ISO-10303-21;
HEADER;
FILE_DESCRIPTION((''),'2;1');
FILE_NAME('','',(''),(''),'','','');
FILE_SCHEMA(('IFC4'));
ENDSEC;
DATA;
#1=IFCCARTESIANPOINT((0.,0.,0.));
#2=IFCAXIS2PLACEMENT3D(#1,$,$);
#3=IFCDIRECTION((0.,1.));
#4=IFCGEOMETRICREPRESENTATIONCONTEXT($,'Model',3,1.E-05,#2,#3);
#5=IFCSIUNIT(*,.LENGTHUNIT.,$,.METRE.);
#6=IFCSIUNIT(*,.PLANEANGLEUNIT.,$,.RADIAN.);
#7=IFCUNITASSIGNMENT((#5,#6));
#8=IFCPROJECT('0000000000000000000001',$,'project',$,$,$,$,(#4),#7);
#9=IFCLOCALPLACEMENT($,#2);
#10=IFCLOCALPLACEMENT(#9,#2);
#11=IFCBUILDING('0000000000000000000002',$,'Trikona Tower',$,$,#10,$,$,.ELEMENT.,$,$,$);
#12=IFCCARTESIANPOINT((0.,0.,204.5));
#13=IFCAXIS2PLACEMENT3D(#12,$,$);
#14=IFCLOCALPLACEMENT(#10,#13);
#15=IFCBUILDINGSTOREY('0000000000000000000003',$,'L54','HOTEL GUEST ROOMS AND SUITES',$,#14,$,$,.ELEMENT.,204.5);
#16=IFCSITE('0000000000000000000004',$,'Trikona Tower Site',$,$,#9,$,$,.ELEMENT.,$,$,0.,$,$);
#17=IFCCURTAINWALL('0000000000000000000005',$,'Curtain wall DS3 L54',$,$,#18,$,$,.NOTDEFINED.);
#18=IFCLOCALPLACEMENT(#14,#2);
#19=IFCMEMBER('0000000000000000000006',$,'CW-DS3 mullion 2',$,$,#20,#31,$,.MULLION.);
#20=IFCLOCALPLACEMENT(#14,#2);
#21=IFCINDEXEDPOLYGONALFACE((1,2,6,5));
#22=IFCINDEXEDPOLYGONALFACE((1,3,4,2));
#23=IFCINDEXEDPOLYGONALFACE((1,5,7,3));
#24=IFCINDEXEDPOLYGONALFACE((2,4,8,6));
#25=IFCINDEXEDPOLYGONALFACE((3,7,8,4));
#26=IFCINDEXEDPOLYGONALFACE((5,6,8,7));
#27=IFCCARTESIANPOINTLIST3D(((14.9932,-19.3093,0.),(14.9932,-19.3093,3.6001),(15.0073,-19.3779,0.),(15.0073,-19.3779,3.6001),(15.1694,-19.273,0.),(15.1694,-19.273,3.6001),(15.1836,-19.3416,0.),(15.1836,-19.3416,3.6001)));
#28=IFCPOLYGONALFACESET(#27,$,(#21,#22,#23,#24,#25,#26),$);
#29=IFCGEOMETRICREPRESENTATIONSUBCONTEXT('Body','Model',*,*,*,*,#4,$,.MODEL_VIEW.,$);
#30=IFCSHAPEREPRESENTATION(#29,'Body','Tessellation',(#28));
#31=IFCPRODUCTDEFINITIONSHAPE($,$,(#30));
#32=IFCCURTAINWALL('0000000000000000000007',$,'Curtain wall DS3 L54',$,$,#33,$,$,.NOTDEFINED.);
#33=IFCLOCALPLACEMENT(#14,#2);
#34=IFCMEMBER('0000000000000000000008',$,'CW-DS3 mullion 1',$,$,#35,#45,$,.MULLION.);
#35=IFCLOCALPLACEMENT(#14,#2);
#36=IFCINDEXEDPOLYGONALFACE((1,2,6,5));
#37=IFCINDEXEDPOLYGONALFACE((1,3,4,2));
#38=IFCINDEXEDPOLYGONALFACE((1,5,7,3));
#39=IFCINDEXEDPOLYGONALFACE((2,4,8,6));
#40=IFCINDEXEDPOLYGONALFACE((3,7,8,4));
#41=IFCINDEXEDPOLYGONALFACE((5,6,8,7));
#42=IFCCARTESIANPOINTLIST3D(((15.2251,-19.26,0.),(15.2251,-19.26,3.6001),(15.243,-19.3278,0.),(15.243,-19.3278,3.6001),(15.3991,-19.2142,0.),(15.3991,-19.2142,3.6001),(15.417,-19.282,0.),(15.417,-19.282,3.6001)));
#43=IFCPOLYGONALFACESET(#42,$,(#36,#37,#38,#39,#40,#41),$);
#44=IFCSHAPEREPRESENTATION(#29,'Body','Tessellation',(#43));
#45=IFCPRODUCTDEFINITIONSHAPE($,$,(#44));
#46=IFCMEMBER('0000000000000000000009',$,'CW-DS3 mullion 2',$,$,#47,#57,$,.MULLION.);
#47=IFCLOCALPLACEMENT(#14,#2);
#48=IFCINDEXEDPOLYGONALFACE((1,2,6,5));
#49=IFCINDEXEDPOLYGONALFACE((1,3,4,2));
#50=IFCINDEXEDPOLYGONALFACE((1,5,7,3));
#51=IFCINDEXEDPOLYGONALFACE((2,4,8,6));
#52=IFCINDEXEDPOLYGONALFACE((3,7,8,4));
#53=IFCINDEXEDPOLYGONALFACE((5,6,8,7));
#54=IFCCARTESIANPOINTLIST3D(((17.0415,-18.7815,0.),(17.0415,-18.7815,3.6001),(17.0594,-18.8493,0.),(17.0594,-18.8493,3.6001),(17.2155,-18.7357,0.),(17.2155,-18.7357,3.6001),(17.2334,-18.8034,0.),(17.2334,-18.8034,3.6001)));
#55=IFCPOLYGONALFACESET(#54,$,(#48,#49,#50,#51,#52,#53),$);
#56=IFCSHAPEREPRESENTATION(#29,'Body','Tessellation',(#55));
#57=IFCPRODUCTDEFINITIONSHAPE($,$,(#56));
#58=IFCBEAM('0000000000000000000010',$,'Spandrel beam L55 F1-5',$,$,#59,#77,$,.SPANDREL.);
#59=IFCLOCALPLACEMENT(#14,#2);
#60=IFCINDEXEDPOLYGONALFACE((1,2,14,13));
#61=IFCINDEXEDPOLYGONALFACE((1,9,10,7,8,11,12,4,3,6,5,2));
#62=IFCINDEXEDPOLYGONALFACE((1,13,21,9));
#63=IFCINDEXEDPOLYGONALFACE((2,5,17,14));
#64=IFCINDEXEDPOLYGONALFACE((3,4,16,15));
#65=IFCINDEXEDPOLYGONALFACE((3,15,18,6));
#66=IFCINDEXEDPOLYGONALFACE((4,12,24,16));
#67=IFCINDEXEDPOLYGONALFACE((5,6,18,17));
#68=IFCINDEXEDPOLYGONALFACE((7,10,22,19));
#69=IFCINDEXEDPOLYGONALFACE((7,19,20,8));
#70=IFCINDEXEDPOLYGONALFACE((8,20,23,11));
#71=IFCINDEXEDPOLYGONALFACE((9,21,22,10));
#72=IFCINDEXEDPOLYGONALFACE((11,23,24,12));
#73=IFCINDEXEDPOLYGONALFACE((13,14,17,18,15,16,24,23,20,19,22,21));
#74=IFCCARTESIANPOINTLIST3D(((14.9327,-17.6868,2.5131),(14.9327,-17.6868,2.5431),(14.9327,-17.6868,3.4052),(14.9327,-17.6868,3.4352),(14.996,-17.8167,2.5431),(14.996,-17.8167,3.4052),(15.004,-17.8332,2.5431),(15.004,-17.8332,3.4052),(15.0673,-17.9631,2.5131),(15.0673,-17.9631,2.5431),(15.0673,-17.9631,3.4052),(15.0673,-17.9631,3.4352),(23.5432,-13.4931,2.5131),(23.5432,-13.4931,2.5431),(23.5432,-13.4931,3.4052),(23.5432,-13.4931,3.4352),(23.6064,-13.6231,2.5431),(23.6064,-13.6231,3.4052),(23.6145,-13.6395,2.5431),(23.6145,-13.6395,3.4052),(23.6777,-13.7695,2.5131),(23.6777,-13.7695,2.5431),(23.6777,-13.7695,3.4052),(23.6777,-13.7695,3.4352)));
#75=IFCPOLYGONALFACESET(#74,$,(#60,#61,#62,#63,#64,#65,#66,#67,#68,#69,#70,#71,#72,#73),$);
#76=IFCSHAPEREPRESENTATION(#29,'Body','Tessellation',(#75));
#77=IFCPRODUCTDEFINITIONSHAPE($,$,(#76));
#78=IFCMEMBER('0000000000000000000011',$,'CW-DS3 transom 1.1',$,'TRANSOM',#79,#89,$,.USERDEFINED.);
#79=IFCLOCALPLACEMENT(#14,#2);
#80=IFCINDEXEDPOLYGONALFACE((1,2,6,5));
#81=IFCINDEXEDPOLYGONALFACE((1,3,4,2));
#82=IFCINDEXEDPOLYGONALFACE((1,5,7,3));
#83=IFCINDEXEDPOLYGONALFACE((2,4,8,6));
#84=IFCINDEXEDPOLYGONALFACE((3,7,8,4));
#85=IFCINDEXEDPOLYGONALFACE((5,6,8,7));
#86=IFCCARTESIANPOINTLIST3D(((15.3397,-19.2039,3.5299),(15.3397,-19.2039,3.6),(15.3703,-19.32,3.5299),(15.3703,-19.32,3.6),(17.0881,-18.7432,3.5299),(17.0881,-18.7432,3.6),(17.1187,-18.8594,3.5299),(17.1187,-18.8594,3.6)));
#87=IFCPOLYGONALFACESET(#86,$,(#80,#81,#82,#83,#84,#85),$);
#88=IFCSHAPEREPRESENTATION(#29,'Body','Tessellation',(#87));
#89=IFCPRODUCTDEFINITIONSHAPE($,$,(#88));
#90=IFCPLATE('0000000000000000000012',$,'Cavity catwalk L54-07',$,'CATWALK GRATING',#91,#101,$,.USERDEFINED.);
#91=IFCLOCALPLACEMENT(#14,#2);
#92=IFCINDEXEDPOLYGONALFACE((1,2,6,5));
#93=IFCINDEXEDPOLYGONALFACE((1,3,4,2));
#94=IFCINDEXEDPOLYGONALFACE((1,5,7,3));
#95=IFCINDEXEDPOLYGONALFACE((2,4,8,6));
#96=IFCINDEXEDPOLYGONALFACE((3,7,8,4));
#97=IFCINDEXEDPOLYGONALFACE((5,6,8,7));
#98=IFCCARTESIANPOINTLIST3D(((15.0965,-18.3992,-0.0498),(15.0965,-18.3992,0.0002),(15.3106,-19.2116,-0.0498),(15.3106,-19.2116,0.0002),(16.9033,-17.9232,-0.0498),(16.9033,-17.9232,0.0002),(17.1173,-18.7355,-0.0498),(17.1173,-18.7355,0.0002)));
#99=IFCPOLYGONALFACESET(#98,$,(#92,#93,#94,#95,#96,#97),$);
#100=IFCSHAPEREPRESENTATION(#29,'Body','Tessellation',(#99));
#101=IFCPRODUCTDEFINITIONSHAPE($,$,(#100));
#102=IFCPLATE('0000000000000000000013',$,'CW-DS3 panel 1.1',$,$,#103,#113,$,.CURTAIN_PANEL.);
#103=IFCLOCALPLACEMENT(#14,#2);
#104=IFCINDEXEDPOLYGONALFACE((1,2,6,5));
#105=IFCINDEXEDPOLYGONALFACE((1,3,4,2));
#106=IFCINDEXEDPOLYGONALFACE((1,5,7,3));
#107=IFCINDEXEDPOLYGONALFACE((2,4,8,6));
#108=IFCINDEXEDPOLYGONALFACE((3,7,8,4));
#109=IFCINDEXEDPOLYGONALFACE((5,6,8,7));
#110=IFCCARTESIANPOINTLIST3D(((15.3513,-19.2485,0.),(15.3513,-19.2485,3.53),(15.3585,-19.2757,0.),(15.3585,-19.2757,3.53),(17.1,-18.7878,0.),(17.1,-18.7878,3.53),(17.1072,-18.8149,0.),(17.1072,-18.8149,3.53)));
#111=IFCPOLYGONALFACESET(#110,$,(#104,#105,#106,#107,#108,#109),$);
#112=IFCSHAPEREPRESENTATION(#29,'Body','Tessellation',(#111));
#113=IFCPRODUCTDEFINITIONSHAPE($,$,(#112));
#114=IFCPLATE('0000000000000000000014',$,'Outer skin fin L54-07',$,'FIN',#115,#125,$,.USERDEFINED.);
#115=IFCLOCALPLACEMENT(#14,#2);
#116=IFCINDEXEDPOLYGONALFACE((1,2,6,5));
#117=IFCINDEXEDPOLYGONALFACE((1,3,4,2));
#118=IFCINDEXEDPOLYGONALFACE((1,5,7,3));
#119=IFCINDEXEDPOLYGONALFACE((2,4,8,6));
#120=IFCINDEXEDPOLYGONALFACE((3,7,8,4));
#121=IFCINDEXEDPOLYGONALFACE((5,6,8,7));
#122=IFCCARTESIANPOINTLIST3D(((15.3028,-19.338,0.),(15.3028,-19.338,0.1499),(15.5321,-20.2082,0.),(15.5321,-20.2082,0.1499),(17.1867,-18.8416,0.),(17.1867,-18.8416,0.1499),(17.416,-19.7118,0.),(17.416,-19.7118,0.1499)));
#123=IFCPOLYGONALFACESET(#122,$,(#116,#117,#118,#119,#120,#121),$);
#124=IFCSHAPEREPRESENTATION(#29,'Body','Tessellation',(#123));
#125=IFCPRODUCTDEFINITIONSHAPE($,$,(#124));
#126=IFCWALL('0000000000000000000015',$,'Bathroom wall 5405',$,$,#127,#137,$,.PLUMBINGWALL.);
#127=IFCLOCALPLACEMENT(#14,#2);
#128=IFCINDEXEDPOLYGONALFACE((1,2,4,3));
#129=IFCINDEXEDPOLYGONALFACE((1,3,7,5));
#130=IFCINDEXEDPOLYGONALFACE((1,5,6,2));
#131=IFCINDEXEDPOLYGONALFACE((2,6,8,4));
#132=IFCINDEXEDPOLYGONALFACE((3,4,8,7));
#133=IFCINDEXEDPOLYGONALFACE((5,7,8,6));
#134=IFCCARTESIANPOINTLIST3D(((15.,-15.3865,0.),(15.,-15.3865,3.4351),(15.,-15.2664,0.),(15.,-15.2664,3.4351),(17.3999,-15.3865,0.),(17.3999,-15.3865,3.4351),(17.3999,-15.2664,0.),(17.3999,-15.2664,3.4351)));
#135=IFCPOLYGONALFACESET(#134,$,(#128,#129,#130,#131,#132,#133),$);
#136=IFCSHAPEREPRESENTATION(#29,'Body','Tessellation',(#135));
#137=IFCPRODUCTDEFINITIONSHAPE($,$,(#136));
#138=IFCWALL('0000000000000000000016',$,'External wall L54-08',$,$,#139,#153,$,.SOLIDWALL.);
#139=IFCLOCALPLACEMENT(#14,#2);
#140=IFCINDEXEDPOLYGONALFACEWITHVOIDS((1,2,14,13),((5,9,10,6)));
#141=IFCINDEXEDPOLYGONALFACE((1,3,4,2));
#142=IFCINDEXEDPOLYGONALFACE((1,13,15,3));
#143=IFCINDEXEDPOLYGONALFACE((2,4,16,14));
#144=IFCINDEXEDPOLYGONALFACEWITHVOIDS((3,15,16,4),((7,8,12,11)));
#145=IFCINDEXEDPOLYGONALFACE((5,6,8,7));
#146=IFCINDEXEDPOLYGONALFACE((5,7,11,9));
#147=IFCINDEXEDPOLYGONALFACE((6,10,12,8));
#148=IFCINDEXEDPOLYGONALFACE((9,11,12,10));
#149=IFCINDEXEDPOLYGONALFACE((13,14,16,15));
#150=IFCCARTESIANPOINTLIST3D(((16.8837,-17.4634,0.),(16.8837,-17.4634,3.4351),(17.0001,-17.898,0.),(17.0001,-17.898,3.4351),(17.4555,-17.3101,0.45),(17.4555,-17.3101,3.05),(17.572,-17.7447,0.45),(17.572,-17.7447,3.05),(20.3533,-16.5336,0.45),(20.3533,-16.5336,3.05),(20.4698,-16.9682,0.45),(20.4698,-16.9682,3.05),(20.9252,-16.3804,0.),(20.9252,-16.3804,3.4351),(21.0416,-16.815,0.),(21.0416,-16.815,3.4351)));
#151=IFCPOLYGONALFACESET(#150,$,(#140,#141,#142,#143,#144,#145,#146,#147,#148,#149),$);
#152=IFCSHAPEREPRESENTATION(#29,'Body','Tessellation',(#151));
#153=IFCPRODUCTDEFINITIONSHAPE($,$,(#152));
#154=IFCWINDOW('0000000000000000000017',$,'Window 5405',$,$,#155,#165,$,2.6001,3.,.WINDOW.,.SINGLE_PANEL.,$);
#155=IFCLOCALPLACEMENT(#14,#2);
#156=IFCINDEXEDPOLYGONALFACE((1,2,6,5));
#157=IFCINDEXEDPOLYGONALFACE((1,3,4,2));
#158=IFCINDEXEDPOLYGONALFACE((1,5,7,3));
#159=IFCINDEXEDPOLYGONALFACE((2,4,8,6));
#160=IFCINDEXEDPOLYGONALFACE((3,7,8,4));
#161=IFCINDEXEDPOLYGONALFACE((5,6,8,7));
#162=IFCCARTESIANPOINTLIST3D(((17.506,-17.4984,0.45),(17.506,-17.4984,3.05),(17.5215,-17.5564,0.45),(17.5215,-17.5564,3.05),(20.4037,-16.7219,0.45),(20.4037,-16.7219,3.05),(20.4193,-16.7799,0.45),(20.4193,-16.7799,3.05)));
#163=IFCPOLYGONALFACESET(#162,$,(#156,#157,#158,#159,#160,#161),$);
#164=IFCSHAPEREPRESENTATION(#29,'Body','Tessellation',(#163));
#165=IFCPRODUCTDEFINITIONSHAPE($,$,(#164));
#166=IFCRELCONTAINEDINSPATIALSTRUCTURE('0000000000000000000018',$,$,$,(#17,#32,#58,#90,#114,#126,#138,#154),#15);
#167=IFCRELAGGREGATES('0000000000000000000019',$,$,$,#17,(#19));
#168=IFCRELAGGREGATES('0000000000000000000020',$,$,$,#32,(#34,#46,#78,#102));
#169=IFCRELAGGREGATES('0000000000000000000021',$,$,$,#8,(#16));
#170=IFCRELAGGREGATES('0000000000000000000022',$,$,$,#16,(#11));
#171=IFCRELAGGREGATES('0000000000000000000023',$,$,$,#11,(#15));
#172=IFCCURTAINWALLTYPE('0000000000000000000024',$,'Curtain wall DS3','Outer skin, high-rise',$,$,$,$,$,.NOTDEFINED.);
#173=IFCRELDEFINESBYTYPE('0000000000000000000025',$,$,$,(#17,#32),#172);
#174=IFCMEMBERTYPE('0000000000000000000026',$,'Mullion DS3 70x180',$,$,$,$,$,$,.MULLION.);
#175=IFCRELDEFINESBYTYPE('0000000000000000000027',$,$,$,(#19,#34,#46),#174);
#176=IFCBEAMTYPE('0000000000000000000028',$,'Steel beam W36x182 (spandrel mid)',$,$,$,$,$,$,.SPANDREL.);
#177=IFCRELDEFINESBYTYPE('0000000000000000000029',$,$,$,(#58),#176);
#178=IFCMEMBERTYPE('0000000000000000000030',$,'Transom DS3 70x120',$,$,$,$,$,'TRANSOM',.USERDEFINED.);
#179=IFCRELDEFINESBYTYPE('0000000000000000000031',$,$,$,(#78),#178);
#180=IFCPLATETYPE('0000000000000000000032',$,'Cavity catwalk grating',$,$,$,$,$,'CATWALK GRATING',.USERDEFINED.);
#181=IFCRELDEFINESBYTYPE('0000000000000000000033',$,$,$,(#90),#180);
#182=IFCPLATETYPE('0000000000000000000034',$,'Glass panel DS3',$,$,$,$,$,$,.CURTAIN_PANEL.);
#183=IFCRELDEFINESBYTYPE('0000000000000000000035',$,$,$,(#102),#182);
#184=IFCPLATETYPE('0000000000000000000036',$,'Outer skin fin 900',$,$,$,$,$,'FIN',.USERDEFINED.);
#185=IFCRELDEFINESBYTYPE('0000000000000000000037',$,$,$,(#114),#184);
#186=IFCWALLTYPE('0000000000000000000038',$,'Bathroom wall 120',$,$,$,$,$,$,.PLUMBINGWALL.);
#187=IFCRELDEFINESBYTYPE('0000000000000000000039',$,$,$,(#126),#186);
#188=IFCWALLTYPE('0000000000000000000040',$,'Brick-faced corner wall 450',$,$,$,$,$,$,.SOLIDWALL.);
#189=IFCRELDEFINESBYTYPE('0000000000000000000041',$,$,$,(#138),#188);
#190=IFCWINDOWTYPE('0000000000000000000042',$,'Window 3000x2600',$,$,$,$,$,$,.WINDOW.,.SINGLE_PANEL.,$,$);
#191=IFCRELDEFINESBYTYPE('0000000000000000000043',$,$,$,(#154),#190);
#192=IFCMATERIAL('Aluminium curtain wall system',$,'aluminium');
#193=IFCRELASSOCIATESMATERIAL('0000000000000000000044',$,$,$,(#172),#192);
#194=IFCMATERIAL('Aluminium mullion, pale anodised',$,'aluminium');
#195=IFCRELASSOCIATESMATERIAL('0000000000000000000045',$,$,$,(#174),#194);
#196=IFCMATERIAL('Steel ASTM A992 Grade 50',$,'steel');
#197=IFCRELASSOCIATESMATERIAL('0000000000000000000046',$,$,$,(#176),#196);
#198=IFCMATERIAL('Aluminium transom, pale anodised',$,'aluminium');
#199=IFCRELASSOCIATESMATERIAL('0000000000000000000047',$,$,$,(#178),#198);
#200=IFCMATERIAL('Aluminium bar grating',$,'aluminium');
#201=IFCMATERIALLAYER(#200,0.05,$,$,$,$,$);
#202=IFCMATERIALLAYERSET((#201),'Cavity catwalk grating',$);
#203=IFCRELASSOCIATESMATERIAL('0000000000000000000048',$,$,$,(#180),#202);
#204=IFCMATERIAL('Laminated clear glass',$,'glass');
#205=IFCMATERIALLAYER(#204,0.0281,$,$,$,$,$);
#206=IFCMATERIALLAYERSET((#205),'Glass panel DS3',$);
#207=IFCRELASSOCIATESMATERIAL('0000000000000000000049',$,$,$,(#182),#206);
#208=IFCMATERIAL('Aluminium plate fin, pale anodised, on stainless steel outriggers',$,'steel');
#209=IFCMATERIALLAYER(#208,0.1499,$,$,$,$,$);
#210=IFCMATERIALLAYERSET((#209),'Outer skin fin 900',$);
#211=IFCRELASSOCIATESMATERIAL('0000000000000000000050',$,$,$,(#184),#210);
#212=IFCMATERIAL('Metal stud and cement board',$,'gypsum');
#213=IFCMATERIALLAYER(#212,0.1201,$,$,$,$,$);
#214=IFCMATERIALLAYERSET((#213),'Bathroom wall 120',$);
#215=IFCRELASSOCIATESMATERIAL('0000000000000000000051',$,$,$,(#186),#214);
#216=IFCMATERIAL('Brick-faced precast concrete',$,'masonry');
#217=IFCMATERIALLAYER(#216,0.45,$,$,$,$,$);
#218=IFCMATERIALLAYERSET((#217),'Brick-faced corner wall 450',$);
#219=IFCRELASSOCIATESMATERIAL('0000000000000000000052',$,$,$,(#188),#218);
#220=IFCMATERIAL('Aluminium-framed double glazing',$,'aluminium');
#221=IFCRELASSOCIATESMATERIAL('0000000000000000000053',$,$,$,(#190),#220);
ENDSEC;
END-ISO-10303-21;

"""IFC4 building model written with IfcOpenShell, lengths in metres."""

from ifc_helpers import new_model, si_unit, direction, frame, frame_2d, origin, origin_2d, place, context, subcontext, project, spatial, rectangle, i_section, extrude, material, layer, layer_set, material_profile, profile_set, type_object, element, fill, aggregate, save


model = new_model("IFC4")

# Units and contexts
model_context = context("Model", 3, precision=1e-05, world=origin(), true_north=direction((0.0, 1.0)))
body_context = subcontext(model_context, "Body", "Model", "MODEL_VIEW")
ifc_project = project(units=[si_unit("LENGTHUNIT", "METRE"), si_unit("PLANEANGLEUNIT", "RADIAN")], contexts=[model_context])

# Site, building, storey
site_placement = place(None, origin())
site = spatial("IfcSite", under=ifc_project, at=site_placement, Name="Trikona Tower Site", CompositionType="ELEMENT", RefElevation=0.0)
building_placement = place(site_placement, origin())
building = spatial("IfcBuilding", under=site, at=building_placement, Name="Trikona Tower", CompositionType="ELEMENT")
storey_placement = place(building_placement, frame((0.0, 0.0, 204.5)))
storey = spatial("IfcBuildingStorey", under=building, at=storey_placement, Name="L54", Description="HOTEL GUEST ROOMS AND SUITES", CompositionType="ELEMENT", Elevation=204.5)

# Curtain wall, member
ifc_material_1 = material(Name="Aluminium curtain wall system", Category="aluminium")
curtain_wall_type = type_object("IfcCurtainWallType", Name="Curtain wall DS3", Description="Outer skin, high-rise", PredefinedType="NOTDEFINED", material=ifc_material_1)
curtain_wall_1_placement = place(storey_placement, origin())
curtain_wall_1 = element("IfcCurtainWall", 1, at=curtain_wall_1_placement, inside=storey, type_object=curtain_wall_type, Name="Curtain wall DS3 L54", PredefinedType="NOTDEFINED")
ifc_material_2 = material(Name="Aluminium mullion, pale anodised", Category="aluminium")
ifc_material_profile_1 = material_profile(ifc_material_2, rectangle(XDim=0.0701, YDim=0.1799, at=origin_2d()), Name="MUL-DS3")
ifc_profile_set_1 = profile_set([ifc_material_profile_1], Name="Aluminium mullion, pale anodised")
member_type_1 = type_object("IfcMemberType", Name="Mullion DS3 70x180", PredefinedType="MULLION", material=ifc_profile_set_1)
member_1_placement = place(storey_placement, frame((15.0884, -19.3254, 0.0), z_axis=(0.0, 0.0, 1.0), x_axis=(-0.201653, 0.979457, 0.0)))
member_1 = element("IfcMember", 2, at=member_1_placement, type_object=member_type_1, Name="CW-DS3 mullion 2", PredefinedType="MULLION", context=body_context, shape_type="SweptSolid", body=[
    extrude(rectangle(XDim=0.0701, YDim=0.1799, at=origin_2d()), origin(), (0.0, 0.0, 1.0), 3.6001),
])
aggregate(curtain_wall_1, [member_1])

# Curtain wall, members
curtain_wall_2_placement = place(storey_placement, origin())
curtain_wall_2 = element("IfcCurtainWall", 3, at=curtain_wall_2_placement, inside=storey, type_object=curtain_wall_type, Name="Curtain wall DS3 L54", PredefinedType="NOTDEFINED")
member_2_placement = place(storey_placement, frame((15.321, -19.271, 0.0), z_axis=(0.0, 0.0, 1.0), x_axis=(-0.254786, 0.966997, 0.0)))
member_2 = element("IfcMember", 4, at=member_2_placement, type_object=member_type_1, Name="CW-DS3 mullion 1", PredefinedType="MULLION", context=body_context, shape_type="SweptSolid", body=[
    extrude(rectangle(XDim=0.0701, YDim=0.1799, at=origin_2d()), origin(), (0.0, 0.0, 1.0), 3.6001),
])
member_3_placement = place(storey_placement, frame((17.1375, -18.7925, 0.0), z_axis=(0.0, 0.0, 1.0), x_axis=(-0.254786, 0.966997, 0.0)))
member_3 = element("IfcMember", 5, at=member_3_placement, type_object=member_type_1, Name="CW-DS3 mullion 2", PredefinedType="MULLION", context=body_context, shape_type="SweptSolid", body=[
    extrude(rectangle(XDim=0.0701, YDim=0.1799, at=origin_2d()), origin(), (0.0, 0.0, 1.0), 3.6001),
])

# Beam
ifc_material_3 = material(Name="Steel ASTM A992 Grade 50", Category="steel")
ifc_material_profile_2 = material_profile(ifc_material_3, i_section(OverallWidth=0.3074, OverallDepth=0.9221, WebThickness=0.0183, FlangeThickness=0.03, at=origin_2d()), Name="W36X182")
ifc_profile_set_2 = profile_set([ifc_material_profile_2], Name="Steel ASTM A992 Grade 50")
beam_type = type_object("IfcBeamType", Name="Steel beam W36x182 (spandrel mid)", PredefinedType="SPANDREL", material=ifc_profile_set_2)
beam_placement = place(storey_placement, frame((15.0, -17.825, 2.9741), z_axis=(0.899039, 0.43787, 0.0), x_axis=(-0.43787, 0.899039, 0.0)))
element("IfcBeam", 6, at=beam_placement, inside=storey, type_object=beam_type, Name="Spandrel beam L55 F1-5", PredefinedType="SPANDREL", context=body_context, shape_type="SweptSolid", body=[
    extrude(i_section(OverallWidth=0.3074, OverallDepth=0.9221, WebThickness=0.0183, FlangeThickness=0.03, at=origin_2d()), origin(), (0.0, 0.0, 1.0), 9.5774),
])

# Member
ifc_material_4 = material(Name="Aluminium transom, pale anodised", Category="aluminium")
ifc_material_profile_3 = material_profile(ifc_material_4, rectangle(XDim=0.1201, YDim=0.0701, at=origin_2d()), Name="TRN-DS3")
ifc_profile_set_3 = profile_set([ifc_material_profile_3], Name="Aluminium transom, pale anodised")
member_type_2 = type_object("IfcMemberType", Name="Transom DS3 70x120", ElementType="TRANSOM", PredefinedType="USERDEFINED", material=ifc_profile_set_3)
member_4_placement = place(storey_placement, frame((15.355, -19.262, 3.5649), z_axis=(0.966999, 0.254779, 0.0), x_axis=(-0.254779, 0.966999, 0.0)))
member_4 = element("IfcMember", 7, at=member_4_placement, type_object=member_type_2, Name="CW-DS3 transom 1.1", ObjectType="TRANSOM", PredefinedType="USERDEFINED", context=body_context, shape_type="SweptSolid", body=[
    extrude(rectangle(XDim=0.1201, YDim=0.0701, at=origin_2d()), origin(), (0.0, 0.0, 1.0), 1.8081),
])

# Plates
ifc_material_5 = material(Name="Aluminium bar grating", Category="aluminium")
ifc_layer_1 = layer(ifc_material_5, 0.05)
ifc_layer_set_1 = layer_set([ifc_layer_1], Name="Cavity catwalk grating")
plate_type_1 = type_object("IfcPlateType", Name="Cavity catwalk grating", ElementType="CATWALK GRATING", PredefinedType="USERDEFINED", material=ifc_layer_set_1)
plate_1_placement = place(storey_placement, frame((16.1069, -18.5674, -0.0498), z_axis=(0.0, 0.0, 1.0), x_axis=(0.966993, 0.254803, 0.0)))
element("IfcPlate", 8, at=plate_1_placement, inside=storey, type_object=plate_type_1, Name="Cavity catwalk L54-07", ObjectType="CATWALK GRATING", PredefinedType="USERDEFINED", context=body_context, shape_type="SweptSolid", body=[
    extrude(rectangle(XDim=1.8684, YDim=0.8401, at=origin_2d()), origin(), (0.0, 0.0, 1.0), 0.05),
])
ifc_material_6 = material(Name="Laminated clear glass", Category="glass")
ifc_layer_2 = layer(ifc_material_6, 0.0281)
ifc_layer_set_2 = layer_set([ifc_layer_2], Name="Glass panel DS3")
plate_type_2 = type_object("IfcPlateType", Name="Glass panel DS3", PredefinedType="CURTAIN_PANEL", material=ifc_layer_set_2)
plate_2_placement = place(storey_placement, frame((16.2292, -19.0317, 0.0), z_axis=(0.0, 0.0, 1.0), x_axis=(0.966997, 0.254786, 0.0)))
plate_2 = element("IfcPlate", 9, at=plate_2_placement, type_object=plate_type_2, Name="CW-DS3 panel 1.1", PredefinedType="CURTAIN_PANEL", context=body_context, shape_type="SweptSolid", body=[
    extrude(rectangle(XDim=1.8083, YDim=0.0281, at=origin_2d()), origin(), (0.0, 0.0, 1.0), 3.53),
])
aggregate(curtain_wall_2, [member_2, member_3, member_4, plate_2])
ifc_material_7 = material(Name="Aluminium plate fin, pale anodised, on stainless steel outriggers", Category="steel")
ifc_layer_3 = layer(ifc_material_7, 0.1499)
ifc_layer_set_3 = layer_set([ifc_layer_3], Name="Outer skin fin 900")
plate_type_3 = type_object("IfcPlateType", Name="Outer skin fin 900", ElementType="FIN", PredefinedType="USERDEFINED", material=ifc_layer_set_3)
plate_3_placement = place(storey_placement, frame((16.3594, -19.5249, 0.0), z_axis=(0.0, 0.0, 1.0), x_axis=(0.966993, 0.254803, 0.0)))
element("IfcPlate", 10, at=plate_3_placement, inside=storey, type_object=plate_type_3, Name="Outer skin fin L54-07", ObjectType="FIN", PredefinedType="USERDEFINED", context=body_context, shape_type="SweptSolid", body=[
    extrude(rectangle(XDim=1.9482, YDim=0.8999, at=origin_2d()), origin(), (0.0, 0.0, 1.0), 0.1499),
])

# Wall
ifc_material_8 = material(Name="Metal stud and cement board", Category="gypsum")
ifc_layer_4 = layer(ifc_material_8, 0.1201)
ifc_layer_set_4 = layer_set([ifc_layer_4], Name="Bathroom wall 120")
wall_type_1 = type_object("IfcWallType", Name="Bathroom wall 120", PredefinedType="PLUMBINGWALL", material=ifc_layer_set_4)
wall_1_placement = place(storey_placement, frame((15.0, -15.3264, 0.0), z_axis=(0.0, 0.0, 1.0), x_axis=(1.0, 0.0, 0.0)))
element("IfcWall", 11, at=wall_1_placement, inside=storey, type_object=wall_type_1, Name="Bathroom wall 5405", PredefinedType="PLUMBINGWALL", context=body_context, shape_type="SweptSolid", body=[
    extrude(rectangle(XDim=2.3999, YDim=0.1201, at=frame_2d((1.2, 0.0))), origin(), (0.0, 0.0, 1.0), 3.4351),
])

# Wall, opening, window
ifc_material_9 = material(Name="Brick-faced precast concrete", Category="masonry")
ifc_layer_5 = layer(ifc_material_9, 0.45)
ifc_layer_set_5 = layer_set([ifc_layer_5], Name="Brick-faced corner wall 450")
wall_type_2 = type_object("IfcWallType", Name="Brick-faced corner wall 450", PredefinedType="SOLIDWALL", material=ifc_layer_set_5)
wall_2_placement = place(storey_placement, frame((16.9419, -17.6807, 0.0), z_axis=(0.0, 0.0, 1.0), x_axis=(0.96592, 0.258839, 0.0)))
wall_2 = element("IfcWall", 12, at=wall_2_placement, inside=storey, type_object=wall_type_2, Name="External wall L54-08", PredefinedType="SOLIDWALL", context=body_context, shape_type="SweptSolid", body=[
    extrude(rectangle(XDim=4.1841, YDim=0.45, at=frame_2d((2.092, 0.0))), origin(), (0.0, 0.0, 1.0), 3.4351),
])
opening_1_placement = place(wall_2_placement, frame((0.592, 0.0, 0.45)))
opening_1 = element("IfcOpeningElement", 13, at=opening_1_placement, cuts=wall_2, PredefinedType="OPENING", context=body_context, shape_type="SweptSolid", body=[
    extrude(rectangle(XDim=3.0, YDim=2.6001, at=frame_2d((1.5, 1.3))), frame((0.0, 0.2349, 0.0), z_axis=(0.0, -1.0, 0.0), x_axis=(1.0, 0.0, 0.0)), (0.0, 0.0, 1.0), 0.47),
])
ifc_material_10 = material(Name="Aluminium-framed double glazing", Category="aluminium")
window_type_1 = type_object("IfcWindowType", Name="Window 3000x2600", PartitioningType="SINGLE_PANEL", PredefinedType="WINDOW", material=ifc_material_10)
window_1_placement = place(opening_1_placement, origin())
window_1 = element("IfcWindow", 14, at=window_1_placement, inside=storey, type_object=window_type_1, Name="Window 5405", OverallHeight=2.6001, OverallWidth=3.0, PartitioningType="SINGLE_PANEL", PredefinedType="WINDOW", context=body_context, shape_type="SweptSolid", body=[
    extrude(rectangle(XDim=3.0, YDim=2.6001, at=frame_2d((1.5, 1.3))), frame((0.0, 0.03, 0.0), z_axis=(0.0, -1.0, 0.0), x_axis=(1.0, 0.0, 0.0)), (0.0, 0.0, 1.0), 0.0601),
])
fill(opening_1, window_1)

save(model, "model.ifc")
